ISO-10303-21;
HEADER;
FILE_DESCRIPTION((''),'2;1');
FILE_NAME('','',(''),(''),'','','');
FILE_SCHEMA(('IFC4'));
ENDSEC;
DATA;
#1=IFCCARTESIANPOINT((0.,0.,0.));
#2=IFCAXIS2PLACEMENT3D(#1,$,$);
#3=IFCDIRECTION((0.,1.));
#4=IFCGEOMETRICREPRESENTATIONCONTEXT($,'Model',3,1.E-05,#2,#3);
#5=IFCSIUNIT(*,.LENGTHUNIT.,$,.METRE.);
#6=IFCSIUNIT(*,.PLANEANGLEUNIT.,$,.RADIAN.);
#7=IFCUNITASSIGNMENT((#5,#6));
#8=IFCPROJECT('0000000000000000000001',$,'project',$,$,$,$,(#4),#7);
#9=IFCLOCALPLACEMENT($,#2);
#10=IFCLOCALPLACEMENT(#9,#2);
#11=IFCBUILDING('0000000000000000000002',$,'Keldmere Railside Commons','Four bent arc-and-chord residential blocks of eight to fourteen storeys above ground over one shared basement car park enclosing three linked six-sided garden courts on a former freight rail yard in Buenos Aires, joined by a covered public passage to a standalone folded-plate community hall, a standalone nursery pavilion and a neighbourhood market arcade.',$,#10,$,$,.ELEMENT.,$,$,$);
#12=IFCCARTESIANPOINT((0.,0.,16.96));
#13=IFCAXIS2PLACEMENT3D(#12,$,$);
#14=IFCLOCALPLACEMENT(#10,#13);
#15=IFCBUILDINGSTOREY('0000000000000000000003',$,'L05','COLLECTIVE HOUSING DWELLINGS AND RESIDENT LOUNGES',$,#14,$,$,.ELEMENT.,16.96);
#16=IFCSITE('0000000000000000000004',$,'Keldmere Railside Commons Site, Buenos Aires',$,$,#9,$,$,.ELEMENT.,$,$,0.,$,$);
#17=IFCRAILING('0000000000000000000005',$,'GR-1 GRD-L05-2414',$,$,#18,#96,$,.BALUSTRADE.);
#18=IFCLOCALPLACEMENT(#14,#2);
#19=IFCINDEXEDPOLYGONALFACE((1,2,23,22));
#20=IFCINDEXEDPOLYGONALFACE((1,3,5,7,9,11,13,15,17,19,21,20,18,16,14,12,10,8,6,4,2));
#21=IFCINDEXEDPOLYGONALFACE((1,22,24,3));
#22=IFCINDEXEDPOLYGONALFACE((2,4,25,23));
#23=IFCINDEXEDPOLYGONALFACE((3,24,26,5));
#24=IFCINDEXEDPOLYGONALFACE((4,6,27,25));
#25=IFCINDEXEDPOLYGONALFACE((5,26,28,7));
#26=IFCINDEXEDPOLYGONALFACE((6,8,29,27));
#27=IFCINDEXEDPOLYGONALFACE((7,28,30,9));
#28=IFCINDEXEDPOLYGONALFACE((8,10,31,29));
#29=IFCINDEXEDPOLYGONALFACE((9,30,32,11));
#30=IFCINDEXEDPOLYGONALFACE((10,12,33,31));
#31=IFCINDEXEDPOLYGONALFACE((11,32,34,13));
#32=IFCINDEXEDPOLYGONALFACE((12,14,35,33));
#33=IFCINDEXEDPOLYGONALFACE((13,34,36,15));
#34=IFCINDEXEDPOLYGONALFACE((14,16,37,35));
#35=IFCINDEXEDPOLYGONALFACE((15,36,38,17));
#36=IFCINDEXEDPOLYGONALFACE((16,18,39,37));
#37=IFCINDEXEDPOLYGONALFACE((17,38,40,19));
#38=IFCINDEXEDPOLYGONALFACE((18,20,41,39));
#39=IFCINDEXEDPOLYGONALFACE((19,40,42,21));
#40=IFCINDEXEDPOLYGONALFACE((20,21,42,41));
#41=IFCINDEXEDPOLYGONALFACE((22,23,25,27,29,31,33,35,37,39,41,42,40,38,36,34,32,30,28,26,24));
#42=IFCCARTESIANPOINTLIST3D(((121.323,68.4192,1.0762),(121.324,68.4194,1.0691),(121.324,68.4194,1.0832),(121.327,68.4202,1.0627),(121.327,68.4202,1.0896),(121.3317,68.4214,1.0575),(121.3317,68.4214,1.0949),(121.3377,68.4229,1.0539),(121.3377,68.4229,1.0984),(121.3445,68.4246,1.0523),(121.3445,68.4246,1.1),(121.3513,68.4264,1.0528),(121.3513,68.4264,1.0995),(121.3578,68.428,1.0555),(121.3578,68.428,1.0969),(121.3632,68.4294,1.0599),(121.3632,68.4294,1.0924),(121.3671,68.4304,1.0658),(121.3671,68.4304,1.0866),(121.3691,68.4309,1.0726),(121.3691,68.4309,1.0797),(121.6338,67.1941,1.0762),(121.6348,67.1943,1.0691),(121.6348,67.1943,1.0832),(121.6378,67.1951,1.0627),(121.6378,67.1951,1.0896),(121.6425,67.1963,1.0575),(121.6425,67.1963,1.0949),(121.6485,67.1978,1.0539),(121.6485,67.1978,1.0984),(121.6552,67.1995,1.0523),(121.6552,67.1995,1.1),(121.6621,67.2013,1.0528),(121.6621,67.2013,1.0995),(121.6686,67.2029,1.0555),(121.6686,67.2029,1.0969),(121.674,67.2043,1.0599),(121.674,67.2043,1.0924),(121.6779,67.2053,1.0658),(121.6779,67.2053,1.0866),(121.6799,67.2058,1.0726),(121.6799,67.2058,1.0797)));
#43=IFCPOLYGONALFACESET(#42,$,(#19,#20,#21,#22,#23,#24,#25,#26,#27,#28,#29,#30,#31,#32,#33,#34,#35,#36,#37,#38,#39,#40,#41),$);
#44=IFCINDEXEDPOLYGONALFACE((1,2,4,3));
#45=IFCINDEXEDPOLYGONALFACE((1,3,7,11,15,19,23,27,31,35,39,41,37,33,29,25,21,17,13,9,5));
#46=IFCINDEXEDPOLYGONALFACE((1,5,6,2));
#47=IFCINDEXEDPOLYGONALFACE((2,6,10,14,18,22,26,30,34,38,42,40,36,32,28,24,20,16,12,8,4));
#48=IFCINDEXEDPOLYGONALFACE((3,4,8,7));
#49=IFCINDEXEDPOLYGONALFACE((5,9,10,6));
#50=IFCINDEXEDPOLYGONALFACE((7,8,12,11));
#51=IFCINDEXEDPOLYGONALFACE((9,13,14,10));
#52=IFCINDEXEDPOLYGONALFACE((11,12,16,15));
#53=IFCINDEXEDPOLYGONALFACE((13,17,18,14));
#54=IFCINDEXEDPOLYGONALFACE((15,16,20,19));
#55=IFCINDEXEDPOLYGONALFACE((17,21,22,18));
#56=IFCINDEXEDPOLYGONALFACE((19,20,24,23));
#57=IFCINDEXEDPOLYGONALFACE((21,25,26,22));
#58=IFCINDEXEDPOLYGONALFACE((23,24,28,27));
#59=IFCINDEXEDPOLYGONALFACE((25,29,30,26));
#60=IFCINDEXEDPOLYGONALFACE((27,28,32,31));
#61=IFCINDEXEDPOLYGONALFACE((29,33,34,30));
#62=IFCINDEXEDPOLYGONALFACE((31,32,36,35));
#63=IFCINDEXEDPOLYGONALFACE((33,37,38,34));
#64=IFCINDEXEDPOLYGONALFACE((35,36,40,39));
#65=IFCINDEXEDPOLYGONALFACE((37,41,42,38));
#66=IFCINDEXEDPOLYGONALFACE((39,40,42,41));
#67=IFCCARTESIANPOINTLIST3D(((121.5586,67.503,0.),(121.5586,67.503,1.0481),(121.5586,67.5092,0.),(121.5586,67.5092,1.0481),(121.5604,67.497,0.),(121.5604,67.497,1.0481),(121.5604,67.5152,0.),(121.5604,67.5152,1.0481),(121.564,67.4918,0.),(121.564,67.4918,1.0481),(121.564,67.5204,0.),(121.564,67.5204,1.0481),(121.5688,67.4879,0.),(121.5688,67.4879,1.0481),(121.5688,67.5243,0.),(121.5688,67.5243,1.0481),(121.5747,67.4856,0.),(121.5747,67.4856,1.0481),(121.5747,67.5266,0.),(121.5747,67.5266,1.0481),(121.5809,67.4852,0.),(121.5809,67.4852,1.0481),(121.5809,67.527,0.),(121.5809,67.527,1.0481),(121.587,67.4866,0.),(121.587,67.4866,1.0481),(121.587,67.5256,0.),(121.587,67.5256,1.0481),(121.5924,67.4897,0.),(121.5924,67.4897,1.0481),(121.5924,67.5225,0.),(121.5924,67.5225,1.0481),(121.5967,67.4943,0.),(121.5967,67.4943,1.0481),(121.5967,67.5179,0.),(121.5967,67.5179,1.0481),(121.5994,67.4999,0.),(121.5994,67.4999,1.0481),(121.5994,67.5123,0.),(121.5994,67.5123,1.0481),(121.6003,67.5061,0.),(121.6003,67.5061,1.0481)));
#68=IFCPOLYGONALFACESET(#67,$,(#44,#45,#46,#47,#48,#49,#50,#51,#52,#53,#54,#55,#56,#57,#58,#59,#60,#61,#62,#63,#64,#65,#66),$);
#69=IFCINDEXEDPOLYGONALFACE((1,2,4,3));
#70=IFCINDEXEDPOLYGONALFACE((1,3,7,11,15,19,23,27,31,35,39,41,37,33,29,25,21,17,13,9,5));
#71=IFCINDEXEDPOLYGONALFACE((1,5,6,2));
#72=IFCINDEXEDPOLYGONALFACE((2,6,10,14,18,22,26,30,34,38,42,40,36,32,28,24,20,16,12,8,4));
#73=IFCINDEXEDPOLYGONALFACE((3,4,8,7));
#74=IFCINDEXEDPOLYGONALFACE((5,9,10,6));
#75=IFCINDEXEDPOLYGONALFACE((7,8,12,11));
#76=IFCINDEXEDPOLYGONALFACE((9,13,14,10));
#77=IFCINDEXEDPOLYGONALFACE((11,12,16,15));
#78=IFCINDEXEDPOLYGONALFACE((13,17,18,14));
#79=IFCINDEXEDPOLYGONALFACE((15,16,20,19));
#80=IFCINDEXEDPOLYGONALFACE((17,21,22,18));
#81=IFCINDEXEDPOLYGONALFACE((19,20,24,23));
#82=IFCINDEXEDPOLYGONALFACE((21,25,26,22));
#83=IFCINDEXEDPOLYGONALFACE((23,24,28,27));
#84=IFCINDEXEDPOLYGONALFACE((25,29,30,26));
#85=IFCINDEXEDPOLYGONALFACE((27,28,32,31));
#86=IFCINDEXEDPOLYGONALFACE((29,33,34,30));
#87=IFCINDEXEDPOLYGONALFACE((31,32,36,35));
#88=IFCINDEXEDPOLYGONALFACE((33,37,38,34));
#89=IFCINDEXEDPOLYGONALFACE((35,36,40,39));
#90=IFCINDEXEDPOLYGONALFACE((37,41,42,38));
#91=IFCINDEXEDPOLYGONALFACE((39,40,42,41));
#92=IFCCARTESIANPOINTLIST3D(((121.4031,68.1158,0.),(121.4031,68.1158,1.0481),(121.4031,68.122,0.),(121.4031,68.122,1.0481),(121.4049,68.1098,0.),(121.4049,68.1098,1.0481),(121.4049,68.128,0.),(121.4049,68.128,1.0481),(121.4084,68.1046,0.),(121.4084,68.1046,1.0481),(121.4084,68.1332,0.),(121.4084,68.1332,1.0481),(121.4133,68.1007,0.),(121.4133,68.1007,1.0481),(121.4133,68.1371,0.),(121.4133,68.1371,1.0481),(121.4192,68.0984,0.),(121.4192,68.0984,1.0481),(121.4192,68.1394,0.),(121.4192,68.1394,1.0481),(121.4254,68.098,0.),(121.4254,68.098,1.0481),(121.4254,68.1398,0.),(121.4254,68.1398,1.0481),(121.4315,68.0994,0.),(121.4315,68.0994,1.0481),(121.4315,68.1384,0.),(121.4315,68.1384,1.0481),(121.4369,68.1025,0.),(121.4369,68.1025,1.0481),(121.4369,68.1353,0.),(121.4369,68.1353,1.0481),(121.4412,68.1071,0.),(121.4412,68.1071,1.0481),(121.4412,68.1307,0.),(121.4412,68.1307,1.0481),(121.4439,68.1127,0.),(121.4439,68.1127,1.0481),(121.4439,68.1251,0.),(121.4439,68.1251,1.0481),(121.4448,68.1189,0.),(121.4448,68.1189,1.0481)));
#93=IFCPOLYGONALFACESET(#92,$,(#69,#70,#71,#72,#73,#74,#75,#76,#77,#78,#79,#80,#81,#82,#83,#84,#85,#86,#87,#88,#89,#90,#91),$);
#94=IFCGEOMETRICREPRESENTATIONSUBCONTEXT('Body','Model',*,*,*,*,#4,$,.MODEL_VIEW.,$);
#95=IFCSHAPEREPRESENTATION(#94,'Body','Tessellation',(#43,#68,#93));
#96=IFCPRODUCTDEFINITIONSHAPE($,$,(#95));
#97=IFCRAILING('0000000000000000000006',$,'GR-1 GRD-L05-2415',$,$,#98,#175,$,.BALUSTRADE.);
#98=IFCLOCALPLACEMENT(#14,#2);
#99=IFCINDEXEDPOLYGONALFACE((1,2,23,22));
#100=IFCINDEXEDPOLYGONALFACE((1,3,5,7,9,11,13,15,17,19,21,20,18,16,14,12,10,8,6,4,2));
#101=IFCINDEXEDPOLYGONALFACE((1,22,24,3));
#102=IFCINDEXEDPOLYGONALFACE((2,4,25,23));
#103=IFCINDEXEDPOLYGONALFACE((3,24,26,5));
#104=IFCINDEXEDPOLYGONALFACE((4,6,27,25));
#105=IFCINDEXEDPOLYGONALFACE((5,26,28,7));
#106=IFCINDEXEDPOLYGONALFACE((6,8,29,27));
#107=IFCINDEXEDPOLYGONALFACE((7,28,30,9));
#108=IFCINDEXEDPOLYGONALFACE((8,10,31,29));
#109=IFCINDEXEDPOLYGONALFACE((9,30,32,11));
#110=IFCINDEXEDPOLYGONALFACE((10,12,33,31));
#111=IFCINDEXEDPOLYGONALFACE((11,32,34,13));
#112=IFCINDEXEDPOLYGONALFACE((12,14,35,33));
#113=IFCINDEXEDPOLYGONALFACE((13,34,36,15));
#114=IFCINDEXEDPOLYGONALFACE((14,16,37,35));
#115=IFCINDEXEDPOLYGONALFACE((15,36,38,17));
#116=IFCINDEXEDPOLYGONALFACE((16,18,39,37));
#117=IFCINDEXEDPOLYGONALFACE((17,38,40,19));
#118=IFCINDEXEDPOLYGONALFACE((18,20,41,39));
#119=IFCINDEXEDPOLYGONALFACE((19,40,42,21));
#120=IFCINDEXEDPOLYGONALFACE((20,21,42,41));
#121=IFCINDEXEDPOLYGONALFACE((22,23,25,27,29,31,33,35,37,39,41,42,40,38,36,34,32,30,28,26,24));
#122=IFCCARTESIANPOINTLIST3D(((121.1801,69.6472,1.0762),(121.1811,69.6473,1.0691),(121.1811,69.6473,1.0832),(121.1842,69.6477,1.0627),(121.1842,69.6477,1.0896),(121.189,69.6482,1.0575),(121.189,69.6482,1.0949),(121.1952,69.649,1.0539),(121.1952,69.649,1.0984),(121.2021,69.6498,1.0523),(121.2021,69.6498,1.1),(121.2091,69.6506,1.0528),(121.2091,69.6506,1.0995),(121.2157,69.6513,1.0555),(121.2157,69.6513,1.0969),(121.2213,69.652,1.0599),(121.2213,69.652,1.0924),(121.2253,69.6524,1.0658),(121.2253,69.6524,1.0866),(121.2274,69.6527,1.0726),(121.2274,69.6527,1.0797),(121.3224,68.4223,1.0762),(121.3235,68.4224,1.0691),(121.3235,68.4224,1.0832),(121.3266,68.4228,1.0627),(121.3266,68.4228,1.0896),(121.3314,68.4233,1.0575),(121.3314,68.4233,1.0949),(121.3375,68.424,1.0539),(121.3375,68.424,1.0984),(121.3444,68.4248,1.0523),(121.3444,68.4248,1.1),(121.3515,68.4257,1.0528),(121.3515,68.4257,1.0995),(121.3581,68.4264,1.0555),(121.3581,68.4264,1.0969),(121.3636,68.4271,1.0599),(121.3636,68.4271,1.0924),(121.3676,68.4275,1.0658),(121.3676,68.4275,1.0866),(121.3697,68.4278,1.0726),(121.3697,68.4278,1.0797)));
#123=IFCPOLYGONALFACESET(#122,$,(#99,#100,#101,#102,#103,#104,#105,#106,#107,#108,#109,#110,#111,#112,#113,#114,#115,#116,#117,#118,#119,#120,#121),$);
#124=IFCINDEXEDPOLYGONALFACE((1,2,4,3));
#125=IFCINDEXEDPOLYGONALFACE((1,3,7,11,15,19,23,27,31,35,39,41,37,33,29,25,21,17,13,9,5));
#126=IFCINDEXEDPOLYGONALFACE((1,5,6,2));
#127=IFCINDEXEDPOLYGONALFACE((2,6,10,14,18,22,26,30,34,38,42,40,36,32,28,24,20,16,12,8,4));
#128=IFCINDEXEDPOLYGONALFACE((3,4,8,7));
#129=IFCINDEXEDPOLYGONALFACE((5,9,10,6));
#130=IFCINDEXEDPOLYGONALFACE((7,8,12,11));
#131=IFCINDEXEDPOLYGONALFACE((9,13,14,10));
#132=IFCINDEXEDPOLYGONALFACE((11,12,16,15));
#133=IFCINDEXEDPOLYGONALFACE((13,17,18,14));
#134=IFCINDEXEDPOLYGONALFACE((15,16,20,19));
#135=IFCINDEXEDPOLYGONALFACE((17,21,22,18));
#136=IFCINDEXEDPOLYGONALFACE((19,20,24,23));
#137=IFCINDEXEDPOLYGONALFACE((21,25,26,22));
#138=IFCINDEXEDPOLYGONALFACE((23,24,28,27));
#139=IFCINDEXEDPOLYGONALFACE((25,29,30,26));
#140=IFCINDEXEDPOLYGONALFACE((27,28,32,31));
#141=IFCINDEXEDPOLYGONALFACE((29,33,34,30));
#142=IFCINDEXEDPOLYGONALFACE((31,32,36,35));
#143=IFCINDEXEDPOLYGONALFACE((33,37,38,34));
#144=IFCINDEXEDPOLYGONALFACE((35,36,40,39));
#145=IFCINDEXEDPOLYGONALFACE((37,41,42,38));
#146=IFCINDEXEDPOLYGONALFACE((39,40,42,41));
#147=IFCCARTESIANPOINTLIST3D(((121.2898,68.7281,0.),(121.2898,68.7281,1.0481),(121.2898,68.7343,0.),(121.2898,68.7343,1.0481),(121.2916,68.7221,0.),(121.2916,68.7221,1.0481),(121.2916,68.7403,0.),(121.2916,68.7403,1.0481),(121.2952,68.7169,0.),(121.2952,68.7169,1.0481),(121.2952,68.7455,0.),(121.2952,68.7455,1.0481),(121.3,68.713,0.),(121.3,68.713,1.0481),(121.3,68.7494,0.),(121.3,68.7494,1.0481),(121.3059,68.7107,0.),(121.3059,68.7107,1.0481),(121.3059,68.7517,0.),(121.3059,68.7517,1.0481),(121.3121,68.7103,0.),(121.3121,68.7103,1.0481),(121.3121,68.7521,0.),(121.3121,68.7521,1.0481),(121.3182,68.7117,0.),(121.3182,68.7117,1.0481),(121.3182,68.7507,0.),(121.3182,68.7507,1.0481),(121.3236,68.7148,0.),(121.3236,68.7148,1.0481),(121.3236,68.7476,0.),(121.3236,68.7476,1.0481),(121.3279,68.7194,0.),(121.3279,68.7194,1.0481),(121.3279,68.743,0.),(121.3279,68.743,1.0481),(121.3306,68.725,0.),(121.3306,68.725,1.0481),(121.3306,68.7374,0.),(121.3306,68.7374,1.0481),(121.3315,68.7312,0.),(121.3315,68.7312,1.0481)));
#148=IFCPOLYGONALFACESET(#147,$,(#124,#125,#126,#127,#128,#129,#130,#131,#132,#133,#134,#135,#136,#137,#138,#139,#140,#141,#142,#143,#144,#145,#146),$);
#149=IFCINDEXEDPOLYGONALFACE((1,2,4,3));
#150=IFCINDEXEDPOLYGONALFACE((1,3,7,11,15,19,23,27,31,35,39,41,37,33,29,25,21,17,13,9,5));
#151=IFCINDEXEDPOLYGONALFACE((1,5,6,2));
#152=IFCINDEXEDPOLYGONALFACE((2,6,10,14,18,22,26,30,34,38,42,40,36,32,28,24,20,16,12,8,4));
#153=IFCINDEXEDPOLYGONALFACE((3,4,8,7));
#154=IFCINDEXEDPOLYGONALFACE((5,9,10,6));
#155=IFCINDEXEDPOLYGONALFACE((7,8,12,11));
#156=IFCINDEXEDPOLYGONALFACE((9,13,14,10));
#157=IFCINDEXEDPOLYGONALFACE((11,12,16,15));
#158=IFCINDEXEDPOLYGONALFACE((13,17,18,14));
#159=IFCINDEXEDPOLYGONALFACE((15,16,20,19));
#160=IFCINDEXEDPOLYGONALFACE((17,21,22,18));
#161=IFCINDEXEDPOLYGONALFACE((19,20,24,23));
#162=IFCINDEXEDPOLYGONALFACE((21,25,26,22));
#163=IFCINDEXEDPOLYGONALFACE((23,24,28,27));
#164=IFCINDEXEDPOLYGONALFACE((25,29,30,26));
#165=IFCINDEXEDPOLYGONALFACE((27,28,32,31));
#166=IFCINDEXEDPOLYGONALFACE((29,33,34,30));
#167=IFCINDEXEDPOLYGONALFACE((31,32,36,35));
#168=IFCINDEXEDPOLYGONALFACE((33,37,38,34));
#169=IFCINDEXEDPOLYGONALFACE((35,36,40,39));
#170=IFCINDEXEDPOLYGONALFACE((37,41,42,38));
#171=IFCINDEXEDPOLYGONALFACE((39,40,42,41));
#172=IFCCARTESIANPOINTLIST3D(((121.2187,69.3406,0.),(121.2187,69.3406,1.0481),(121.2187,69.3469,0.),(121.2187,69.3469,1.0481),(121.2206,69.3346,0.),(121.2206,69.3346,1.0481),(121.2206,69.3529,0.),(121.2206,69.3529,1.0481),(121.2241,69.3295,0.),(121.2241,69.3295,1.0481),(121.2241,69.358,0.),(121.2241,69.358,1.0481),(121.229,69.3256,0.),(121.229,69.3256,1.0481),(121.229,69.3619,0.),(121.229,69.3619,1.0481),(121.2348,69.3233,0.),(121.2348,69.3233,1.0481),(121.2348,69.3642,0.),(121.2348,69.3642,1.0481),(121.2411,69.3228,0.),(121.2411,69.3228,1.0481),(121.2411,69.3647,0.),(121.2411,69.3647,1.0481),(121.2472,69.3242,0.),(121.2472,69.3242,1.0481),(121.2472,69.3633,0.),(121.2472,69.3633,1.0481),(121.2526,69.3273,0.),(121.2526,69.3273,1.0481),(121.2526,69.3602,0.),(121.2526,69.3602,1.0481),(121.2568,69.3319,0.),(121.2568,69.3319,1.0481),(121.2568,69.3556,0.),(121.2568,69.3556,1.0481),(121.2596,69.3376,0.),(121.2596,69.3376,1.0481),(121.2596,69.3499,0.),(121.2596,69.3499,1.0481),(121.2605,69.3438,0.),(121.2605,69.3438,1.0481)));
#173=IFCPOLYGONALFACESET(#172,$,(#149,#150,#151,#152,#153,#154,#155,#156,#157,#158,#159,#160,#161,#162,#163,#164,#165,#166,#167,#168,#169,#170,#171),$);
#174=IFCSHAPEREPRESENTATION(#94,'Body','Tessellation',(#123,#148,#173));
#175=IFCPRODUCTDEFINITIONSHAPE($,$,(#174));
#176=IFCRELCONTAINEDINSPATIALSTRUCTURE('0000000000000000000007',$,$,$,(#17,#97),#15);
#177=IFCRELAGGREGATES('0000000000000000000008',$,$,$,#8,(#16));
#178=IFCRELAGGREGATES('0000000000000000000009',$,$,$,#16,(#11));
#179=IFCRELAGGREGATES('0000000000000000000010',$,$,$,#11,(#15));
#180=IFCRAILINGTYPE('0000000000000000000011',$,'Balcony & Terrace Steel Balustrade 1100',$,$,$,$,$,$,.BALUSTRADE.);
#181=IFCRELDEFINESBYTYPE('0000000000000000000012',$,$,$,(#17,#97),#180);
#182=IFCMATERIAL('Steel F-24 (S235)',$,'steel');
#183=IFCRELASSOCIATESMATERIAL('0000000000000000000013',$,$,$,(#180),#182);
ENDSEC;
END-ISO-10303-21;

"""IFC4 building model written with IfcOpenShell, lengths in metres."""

from ifc_helpers import new_model, si_unit, direction, frame, origin, origin_2d, place, context, subcontext, project, spatial, circle, extrude, material, type_object, element, save


model = new_model("IFC4")

# Units and contexts
model_context = context("Model", 3, precision=1e-05, world=origin(), true_north=direction((0.0, 1.0)))
body_context = subcontext(model_context, "Body", "Model", "MODEL_VIEW")
ifc_project = project(units=[si_unit("LENGTHUNIT", "METRE"), si_unit("PLANEANGLEUNIT", "RADIAN")], contexts=[model_context])

# Site, building, storey
site_placement = place(None, origin())
site = spatial("IfcSite", under=ifc_project, at=site_placement, Name="Keldmere Railside Commons Site, Buenos Aires", CompositionType="ELEMENT", RefElevation=0.0)
building_placement = place(site_placement, origin())
building = spatial("IfcBuilding", under=site, at=building_placement, Name="Keldmere Railside Commons", Description="Four bent arc-and-chord residential blocks of eight to fourteen storeys above ground over one shared basement car park enclosing three linked six-sided garden courts on a former freight rail yard in Buenos Aires, joined by a covered public passage to a standalone folded-plate community hall, a standalone nursery pavilion and a neighbourhood market arcade.", CompositionType="ELEMENT")
storey_placement = place(building_placement, frame((0.0, 0.0, 16.96)))
storey = spatial("IfcBuildingStorey", under=building, at=storey_placement, Name="L05", Description="COLLECTIVE HOUSING DWELLINGS AND RESIDENT LOUNGES", CompositionType="ELEMENT", Elevation=16.96)

# Railings
ifc_material_1 = material(Name="Steel F-24 (S235)", Category="steel")
railing_type_1 = type_object("IfcRailingType", Name="Balcony & Terrace Steel Balustrade 1100", PredefinedType="BALUSTRADE", material=ifc_material_1)
railing_1_placement = place(storey_placement, frame((121.657, 67.2, 0.0)))
element("IfcRailing", 1, at=railing_1_placement, inside=storey, type_object=railing_type_1, Name="GR-1 GRD-L05-2414", PredefinedType="BALUSTRADE", context=body_context, shape_type="SweptSolid", body=[
    extrude(circle(Radius=0.0239, at=origin_2d()), frame((0.0, 0.0, 1.0762), z_axis=(-0.245897, 0.969296, 0.0), x_axis=(-0.969296, -0.245897, 0.0)), (0.0, 0.0, 1.0), 1.2639),
    extrude(circle(Radius=0.021, at=origin_2d()), frame((-0.0776, 0.3062, 0.0)), (0.0, 0.0, 1.0), 1.0481),
    extrude(circle(Radius=0.021, at=origin_2d()), frame((-0.2332, 0.9189, 0.0)), (0.0, 0.0, 1.0), 1.0481),
])
railing_2_placement = place(storey_placement, frame((121.3462, 68.425, 0.0)))
element("IfcRailing", 2, at=railing_2_placement, inside=storey, type_object=railing_type_1, Name="GR-1 GRD-L05-2415", PredefinedType="BALUSTRADE", context=body_context, shape_type="SweptSolid", body=[
    extrude(circle(Radius=0.0239, at=origin_2d()), frame((0.0, 0.0, 1.0762), z_axis=(-0.115428, 0.993316, 0.0), x_axis=(-0.993316, -0.115428, 0.0)), (0.0, 0.0, 1.0), 1.2332),
    extrude(circle(Radius=0.021, at=origin_2d()), frame((-0.0356, 0.3062, 0.0)), (0.0, 0.0, 1.0), 1.0481),
    extrude(circle(Radius=0.021, at=origin_2d()), frame((-0.1067, 0.9187, 0.0)), (0.0, 0.0, 1.0), 1.0481),
])

save(model, "model.ifc")
